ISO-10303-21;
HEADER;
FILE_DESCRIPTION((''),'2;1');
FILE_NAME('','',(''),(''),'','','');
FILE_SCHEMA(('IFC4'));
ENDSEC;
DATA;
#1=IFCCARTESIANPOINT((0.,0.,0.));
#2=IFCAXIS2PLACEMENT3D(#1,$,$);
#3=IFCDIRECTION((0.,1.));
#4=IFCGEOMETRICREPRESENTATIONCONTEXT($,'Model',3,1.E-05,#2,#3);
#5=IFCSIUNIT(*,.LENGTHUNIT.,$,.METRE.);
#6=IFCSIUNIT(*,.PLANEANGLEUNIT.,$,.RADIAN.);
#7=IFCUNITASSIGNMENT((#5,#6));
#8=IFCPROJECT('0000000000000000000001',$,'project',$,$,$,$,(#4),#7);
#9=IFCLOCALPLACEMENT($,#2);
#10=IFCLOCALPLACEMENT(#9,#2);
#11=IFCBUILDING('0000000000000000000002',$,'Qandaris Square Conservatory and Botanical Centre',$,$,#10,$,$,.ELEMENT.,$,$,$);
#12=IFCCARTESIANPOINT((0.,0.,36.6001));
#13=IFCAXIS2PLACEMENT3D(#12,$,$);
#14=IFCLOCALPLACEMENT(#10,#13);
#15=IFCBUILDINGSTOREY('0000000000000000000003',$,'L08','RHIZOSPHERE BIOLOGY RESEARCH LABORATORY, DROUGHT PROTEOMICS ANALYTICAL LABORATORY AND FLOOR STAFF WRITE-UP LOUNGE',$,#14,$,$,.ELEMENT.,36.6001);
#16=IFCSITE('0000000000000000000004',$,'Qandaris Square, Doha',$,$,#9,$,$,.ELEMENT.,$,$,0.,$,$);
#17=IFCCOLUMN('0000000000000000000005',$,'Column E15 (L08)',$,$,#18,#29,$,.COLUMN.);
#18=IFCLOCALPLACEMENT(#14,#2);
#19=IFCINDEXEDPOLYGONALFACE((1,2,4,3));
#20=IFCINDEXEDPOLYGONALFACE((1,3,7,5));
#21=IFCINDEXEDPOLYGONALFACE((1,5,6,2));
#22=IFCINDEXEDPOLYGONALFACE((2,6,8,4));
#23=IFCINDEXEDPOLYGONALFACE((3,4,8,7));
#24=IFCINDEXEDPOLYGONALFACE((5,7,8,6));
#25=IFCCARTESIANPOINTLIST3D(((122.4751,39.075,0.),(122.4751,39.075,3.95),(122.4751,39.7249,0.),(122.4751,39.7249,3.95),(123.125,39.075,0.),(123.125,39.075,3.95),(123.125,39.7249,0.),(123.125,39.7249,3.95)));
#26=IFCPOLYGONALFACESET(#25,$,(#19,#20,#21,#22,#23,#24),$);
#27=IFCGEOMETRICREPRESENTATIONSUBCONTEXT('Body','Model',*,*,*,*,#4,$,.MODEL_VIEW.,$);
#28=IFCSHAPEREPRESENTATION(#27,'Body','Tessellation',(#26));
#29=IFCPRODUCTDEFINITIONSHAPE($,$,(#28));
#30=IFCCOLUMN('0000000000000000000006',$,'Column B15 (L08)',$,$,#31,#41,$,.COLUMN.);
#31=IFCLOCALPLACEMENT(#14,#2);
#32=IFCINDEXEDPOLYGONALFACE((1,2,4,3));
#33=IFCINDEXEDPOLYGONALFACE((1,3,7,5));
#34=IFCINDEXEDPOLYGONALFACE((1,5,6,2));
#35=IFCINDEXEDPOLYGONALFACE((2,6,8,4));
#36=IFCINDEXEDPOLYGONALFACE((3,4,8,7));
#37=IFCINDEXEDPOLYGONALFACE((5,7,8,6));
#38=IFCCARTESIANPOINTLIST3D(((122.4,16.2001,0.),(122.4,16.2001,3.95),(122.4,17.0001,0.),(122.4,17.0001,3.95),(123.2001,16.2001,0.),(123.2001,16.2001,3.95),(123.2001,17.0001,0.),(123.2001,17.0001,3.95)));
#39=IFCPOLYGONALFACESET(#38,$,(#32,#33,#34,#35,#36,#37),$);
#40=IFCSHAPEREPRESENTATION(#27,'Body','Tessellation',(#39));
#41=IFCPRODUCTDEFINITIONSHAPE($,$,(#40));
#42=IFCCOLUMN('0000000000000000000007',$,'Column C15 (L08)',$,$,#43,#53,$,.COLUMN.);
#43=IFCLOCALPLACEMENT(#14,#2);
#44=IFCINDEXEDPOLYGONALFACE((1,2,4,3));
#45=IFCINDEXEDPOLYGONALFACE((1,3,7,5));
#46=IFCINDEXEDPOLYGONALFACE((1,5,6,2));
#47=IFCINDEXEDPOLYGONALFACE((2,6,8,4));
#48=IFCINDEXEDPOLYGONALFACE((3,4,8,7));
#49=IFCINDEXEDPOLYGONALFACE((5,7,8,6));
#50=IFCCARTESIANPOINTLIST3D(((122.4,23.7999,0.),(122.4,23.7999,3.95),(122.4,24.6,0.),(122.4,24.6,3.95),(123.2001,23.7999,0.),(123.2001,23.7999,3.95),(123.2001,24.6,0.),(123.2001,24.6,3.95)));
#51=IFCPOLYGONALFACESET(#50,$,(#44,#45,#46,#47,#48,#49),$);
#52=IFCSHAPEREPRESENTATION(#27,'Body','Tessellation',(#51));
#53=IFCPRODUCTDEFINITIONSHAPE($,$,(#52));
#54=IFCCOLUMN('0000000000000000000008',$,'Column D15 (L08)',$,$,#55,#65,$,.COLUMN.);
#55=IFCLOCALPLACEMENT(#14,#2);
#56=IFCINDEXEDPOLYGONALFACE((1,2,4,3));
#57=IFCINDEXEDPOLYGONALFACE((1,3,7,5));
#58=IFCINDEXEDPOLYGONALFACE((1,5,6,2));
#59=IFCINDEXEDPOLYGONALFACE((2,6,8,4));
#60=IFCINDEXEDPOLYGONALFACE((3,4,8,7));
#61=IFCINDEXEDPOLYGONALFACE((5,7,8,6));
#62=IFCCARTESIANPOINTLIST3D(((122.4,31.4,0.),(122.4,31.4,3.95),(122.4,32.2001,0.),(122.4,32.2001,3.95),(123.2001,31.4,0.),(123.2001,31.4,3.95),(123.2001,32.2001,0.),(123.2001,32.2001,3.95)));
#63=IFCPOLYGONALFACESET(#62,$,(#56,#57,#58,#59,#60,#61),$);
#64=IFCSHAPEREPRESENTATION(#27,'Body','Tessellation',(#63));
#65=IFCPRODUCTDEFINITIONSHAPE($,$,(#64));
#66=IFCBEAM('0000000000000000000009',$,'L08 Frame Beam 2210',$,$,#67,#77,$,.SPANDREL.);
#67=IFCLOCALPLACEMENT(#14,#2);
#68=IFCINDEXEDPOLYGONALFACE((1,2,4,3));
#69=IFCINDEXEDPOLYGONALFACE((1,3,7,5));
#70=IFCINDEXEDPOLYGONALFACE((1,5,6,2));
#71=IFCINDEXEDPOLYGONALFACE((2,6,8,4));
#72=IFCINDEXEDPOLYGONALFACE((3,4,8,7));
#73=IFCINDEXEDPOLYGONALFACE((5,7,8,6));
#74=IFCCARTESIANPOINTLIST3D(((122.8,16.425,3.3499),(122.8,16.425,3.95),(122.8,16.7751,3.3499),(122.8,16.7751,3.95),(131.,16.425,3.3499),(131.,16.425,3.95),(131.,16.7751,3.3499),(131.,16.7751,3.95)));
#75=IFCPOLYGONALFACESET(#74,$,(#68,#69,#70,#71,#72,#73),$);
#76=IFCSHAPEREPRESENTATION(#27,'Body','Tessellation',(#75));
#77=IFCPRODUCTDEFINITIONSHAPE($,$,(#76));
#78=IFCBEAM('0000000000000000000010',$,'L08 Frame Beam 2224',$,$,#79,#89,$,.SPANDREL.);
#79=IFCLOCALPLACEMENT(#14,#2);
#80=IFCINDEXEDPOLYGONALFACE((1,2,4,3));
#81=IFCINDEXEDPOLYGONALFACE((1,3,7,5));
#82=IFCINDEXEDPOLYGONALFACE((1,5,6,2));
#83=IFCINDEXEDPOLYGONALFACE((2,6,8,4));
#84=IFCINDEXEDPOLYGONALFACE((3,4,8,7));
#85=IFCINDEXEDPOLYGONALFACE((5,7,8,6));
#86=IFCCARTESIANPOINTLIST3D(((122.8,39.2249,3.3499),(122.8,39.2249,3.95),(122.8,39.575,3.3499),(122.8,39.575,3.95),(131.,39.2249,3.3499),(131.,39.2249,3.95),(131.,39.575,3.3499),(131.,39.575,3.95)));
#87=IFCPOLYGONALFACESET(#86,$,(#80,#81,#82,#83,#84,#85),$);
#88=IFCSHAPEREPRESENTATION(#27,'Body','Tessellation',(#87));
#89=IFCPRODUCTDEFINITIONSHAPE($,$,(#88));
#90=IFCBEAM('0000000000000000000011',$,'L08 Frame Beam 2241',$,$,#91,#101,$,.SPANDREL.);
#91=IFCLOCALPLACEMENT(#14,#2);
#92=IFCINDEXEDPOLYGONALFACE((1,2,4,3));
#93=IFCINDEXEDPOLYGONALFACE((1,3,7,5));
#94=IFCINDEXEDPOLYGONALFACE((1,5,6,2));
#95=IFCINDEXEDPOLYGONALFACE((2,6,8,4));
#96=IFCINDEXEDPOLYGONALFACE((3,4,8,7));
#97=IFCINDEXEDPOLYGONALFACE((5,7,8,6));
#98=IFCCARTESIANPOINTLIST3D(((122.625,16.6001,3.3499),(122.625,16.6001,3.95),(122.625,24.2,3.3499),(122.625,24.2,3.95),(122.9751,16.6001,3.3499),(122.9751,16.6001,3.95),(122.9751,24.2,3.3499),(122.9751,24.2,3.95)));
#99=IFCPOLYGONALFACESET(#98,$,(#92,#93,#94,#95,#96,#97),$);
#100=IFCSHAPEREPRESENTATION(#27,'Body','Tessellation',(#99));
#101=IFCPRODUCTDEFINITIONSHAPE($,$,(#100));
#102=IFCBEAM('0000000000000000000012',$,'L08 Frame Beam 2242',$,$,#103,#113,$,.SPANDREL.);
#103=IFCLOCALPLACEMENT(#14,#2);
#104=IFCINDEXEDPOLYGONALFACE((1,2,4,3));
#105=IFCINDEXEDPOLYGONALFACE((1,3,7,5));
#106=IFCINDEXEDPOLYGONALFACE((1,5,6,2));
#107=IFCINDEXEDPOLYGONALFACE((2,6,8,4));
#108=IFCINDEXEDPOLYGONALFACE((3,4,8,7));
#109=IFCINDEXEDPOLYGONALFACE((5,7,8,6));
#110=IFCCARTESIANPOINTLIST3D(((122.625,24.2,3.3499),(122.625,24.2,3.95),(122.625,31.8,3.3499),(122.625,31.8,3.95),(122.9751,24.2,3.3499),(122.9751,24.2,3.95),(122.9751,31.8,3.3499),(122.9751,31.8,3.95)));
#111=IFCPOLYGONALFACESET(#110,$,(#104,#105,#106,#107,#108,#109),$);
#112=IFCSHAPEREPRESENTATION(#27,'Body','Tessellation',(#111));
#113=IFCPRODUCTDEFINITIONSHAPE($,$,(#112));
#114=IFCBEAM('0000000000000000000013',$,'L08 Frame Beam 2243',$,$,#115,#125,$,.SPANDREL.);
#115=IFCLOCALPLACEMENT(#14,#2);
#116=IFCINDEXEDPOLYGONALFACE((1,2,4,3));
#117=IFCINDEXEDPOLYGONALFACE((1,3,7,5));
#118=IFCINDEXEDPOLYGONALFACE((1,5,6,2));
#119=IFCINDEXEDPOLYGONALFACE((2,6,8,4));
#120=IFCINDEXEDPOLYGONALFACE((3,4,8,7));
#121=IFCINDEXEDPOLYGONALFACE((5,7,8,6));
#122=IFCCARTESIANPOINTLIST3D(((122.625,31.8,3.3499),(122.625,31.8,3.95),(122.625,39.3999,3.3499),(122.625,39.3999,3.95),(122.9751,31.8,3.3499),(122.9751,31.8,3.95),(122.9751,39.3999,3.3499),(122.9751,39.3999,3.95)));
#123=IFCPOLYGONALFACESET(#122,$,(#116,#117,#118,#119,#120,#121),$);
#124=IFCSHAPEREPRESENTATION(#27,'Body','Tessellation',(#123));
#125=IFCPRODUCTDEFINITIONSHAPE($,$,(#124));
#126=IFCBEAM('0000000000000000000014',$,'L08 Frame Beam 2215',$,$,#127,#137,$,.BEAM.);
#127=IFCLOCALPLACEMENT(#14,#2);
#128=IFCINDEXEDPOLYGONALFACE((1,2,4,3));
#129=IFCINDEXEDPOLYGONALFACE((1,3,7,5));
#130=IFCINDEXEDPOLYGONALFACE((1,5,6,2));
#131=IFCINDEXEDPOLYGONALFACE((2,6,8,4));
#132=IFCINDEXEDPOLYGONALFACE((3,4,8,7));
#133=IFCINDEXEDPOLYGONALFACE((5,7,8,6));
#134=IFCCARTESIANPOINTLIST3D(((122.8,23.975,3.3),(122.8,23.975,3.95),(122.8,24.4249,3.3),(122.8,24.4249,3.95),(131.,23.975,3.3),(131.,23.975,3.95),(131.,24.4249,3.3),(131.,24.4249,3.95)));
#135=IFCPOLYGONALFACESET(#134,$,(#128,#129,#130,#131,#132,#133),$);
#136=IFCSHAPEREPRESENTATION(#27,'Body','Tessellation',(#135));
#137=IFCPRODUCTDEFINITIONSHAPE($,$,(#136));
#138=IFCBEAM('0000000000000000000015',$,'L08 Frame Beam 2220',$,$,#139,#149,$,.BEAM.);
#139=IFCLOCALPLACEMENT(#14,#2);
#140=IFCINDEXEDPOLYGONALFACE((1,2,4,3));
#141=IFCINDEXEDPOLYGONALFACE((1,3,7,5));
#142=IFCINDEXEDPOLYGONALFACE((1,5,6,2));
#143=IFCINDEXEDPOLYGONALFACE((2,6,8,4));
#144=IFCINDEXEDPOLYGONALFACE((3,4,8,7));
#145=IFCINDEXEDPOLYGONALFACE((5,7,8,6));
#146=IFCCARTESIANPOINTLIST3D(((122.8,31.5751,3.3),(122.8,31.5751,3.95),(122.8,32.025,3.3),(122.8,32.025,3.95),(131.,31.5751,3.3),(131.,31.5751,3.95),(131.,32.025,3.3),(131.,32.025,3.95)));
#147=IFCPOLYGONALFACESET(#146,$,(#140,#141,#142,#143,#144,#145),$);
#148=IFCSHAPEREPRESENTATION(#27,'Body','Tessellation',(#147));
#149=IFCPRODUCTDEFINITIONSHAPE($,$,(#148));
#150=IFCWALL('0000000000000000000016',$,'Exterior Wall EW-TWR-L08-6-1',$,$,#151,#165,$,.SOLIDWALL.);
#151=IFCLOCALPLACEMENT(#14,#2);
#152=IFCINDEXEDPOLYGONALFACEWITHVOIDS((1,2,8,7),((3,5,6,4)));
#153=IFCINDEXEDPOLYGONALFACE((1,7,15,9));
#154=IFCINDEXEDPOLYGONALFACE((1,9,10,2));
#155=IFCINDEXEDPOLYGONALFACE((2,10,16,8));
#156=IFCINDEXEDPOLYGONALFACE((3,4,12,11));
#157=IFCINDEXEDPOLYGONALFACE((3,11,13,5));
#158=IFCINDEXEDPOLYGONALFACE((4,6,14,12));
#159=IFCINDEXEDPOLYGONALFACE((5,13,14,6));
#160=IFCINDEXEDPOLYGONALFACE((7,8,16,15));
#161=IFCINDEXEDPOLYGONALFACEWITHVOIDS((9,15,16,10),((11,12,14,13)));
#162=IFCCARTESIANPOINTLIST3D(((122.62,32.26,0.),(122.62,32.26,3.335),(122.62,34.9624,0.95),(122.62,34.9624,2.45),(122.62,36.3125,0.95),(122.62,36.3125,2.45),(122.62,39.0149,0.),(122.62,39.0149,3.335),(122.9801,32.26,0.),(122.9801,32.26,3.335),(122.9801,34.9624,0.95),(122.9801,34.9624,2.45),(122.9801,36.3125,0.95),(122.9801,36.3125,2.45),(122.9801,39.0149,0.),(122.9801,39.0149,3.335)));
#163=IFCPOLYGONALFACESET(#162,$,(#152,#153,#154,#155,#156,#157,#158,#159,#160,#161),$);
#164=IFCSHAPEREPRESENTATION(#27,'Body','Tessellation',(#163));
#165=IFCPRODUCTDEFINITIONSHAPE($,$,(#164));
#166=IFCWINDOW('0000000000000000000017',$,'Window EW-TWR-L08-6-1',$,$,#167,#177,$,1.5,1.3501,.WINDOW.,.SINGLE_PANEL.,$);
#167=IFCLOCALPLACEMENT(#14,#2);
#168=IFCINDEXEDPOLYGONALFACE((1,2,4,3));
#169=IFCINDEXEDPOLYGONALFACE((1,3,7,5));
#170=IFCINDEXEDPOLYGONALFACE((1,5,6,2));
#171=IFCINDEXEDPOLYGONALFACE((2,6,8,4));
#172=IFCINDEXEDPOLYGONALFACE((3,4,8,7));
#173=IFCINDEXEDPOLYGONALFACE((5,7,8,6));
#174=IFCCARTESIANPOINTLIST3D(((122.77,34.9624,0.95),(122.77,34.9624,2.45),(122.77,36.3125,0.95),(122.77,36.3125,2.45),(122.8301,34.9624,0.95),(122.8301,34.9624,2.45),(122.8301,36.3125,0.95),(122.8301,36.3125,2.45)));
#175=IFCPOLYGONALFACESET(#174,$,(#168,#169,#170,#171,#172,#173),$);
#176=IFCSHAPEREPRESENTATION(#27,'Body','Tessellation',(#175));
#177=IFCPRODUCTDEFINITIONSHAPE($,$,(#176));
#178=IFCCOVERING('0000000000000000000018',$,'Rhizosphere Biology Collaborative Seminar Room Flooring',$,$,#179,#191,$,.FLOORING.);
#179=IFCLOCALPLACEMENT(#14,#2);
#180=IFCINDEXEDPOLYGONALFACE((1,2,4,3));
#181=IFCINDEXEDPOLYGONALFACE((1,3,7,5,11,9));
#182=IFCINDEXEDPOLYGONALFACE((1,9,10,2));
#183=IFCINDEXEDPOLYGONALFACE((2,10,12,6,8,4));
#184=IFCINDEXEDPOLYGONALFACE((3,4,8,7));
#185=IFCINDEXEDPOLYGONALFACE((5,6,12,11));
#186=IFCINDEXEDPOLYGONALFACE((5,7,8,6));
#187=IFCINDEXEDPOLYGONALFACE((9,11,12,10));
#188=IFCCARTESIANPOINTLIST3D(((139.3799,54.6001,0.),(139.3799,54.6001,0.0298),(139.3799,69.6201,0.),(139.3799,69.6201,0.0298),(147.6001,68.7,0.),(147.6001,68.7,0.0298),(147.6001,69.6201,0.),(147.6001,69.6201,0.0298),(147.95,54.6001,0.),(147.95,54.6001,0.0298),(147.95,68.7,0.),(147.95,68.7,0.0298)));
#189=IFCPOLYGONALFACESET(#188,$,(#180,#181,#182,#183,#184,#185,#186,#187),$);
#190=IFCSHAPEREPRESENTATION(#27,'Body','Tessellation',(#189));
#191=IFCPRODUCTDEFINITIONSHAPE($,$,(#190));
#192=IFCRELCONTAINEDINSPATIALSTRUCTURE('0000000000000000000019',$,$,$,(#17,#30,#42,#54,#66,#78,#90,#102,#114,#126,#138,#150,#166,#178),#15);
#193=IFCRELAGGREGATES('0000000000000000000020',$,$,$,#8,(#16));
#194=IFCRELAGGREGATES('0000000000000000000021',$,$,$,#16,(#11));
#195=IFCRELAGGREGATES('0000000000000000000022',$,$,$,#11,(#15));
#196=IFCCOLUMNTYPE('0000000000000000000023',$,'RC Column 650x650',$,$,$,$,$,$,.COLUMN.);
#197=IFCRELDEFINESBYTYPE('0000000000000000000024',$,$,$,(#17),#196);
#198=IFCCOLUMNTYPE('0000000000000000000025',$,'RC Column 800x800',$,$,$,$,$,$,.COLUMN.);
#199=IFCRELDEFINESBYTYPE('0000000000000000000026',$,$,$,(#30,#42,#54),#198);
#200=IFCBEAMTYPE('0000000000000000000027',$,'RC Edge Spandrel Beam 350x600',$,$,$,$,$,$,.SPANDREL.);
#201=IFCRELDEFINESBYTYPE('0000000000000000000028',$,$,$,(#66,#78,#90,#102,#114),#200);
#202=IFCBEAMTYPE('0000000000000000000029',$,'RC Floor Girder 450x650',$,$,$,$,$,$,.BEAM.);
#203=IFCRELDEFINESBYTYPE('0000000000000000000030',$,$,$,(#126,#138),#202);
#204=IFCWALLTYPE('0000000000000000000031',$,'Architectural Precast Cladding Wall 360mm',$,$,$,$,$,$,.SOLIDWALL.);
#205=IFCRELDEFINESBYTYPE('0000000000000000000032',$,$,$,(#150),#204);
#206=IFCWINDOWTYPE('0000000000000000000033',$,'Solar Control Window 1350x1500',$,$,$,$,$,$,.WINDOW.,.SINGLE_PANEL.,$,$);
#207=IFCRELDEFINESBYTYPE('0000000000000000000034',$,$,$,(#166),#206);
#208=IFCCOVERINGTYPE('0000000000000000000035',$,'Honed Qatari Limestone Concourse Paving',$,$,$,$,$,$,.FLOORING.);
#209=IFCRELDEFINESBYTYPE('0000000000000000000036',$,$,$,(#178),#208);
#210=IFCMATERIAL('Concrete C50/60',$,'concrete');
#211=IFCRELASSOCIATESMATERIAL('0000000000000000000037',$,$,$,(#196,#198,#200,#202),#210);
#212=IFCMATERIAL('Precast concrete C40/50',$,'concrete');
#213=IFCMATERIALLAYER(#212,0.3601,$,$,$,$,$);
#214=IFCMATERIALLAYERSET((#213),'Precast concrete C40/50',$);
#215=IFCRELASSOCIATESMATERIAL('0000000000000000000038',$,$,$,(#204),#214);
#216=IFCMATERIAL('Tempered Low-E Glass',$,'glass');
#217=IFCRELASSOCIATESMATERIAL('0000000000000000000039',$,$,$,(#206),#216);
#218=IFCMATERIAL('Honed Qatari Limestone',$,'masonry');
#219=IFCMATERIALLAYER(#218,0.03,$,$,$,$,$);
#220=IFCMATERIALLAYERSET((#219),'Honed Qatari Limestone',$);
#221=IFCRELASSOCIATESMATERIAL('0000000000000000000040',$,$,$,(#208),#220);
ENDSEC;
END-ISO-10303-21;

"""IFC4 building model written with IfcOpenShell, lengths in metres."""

from ifc_helpers import new_model, si_unit, direction, frame, frame_2d, origin, origin_2d, place, context, subcontext, project, spatial, polyline, rectangle, outline, extrude, material, layer, layer_set, material_profile, profile_set, type_object, element, fill, save


model = new_model("IFC4")

# Units and contexts
model_context = context("Model", 3, precision=1e-05, world=origin(), true_north=direction((0.0, 1.0)))
body_context = subcontext(model_context, "Body", "Model", "MODEL_VIEW")
ifc_project = project(units=[si_unit("LENGTHUNIT", "METRE"), si_unit("PLANEANGLEUNIT", "RADIAN")], contexts=[model_context])

# Site, building, storey
site_placement = place(None, origin())
site = spatial("IfcSite", under=ifc_project, at=site_placement, Name="Qandaris Square, Doha", CompositionType="ELEMENT", RefElevation=0.0)
building_placement = place(site_placement, origin())
building = spatial("IfcBuilding", under=site, at=building_placement, Name="Qandaris Square Conservatory and Botanical Centre", CompositionType="ELEMENT")
storey_placement = place(building_placement, frame((0.0, 0.0, 36.6001)))
storey = spatial("IfcBuildingStorey", under=building, at=storey_placement, Name="L08", Description="RHIZOSPHERE BIOLOGY RESEARCH LABORATORY, DROUGHT PROTEOMICS ANALYTICAL LABORATORY AND FLOOR STAFF WRITE-UP LOUNGE", CompositionType="ELEMENT", Elevation=36.6001)

# Columns
ifc_material_1 = material(Name="Concrete C50/60", Category="concrete")
ifc_material_profile_1 = material_profile(ifc_material_1, rectangle(XDim=0.6499, YDim=0.6499, at=origin_2d()), Name="RC-COL 650x650")
ifc_profile_set_1 = profile_set([ifc_material_profile_1], Name="Concrete C50/60")
column_type_1 = type_object("IfcColumnType", Name="RC Column 650x650", PredefinedType="COLUMN", material=ifc_profile_set_1)
column_placement = place(storey_placement, frame((122.8, 39.3999, 0.0), z_axis=(0.0, 0.0, 1.0), x_axis=(1.0, 0.0, 0.0)))
element("IfcColumn", 1, at=column_placement, inside=storey, type_object=column_type_1, Name="Column E15 (L08)", PredefinedType="COLUMN", context=body_context, shape_type="SweptSolid", body=[
    extrude(rectangle(XDim=0.6499, YDim=0.6499, at=origin_2d()), origin(), (0.0, 0.0, 1.0), 3.95),
])
ifc_material_profile_2 = material_profile(ifc_material_1, rectangle(XDim=0.8, YDim=0.8, at=origin_2d()), Name="RC-COL 800x800")
ifc_profile_set_2 = profile_set([ifc_material_profile_2], Name="Concrete C50/60")
column_type_2 = type_object("IfcColumnType", Name="RC Column 800x800", PredefinedType="COLUMN", material=ifc_profile_set_2)
for number, where, z_axis, x_axis, name in (
    (2, (122.8, 16.6001, 0.0), (0.0, 0.0, 1.0), (1.0, 0.0, 0.0), "Column B15 (L08)"),
    (3, (122.8, 24.2, 0.0), (0.0, 0.0, 1.0), (1.0, 0.0, 0.0), "Column C15 (L08)"),
    (4, (122.8, 31.8, 0.0), (0.0, 0.0, 1.0), (1.0, 0.0, 0.0), "Column D15 (L08)"),
):
    element("IfcColumn", number, at=place(storey_placement, frame(where, z_axis=z_axis, x_axis=x_axis)), inside=storey, type_object=column_type_2, Name=name, PredefinedType="COLUMN", context=body_context, shape_type="SweptSolid", body=[
        extrude(rectangle(XDim=0.8, YDim=0.8, at=origin_2d()), origin(), (0.0, 0.0, 1.0), 3.95),
    ])

# Beams
ifc_material_profile_3 = material_profile(ifc_material_1, rectangle(XDim=0.3501, YDim=0.6001, at=origin_2d()), Name="RC-SP 350x600")
ifc_profile_set_3 = profile_set([ifc_material_profile_3], Name="Concrete C50/60")
beam_type_1 = type_object("IfcBeamType", Name="RC Edge Spandrel Beam 350x600", PredefinedType="SPANDREL", material=ifc_profile_set_3)
for number, where, z_axis, x_axis, name in (
    (5, (122.8, 16.6001, 3.6499), (1.0, 0.0, 0.0), (0.0, 1.0, 0.0), "L08 Frame Beam 2210"),
    (6, (122.8, 39.3999, 3.6499), (1.0, 0.0, 0.0), (0.0, 1.0, 0.0), "L08 Frame Beam 2224"),
):
    element("IfcBeam", number, at=place(storey_placement, frame(where, z_axis=z_axis, x_axis=x_axis)), inside=storey, type_object=beam_type_1, Name=name, PredefinedType="SPANDREL", context=body_context, shape_type="SweptSolid", body=[
        extrude(rectangle(XDim=0.3501, YDim=0.6001, at=origin_2d()), origin(), (0.0, 0.0, 1.0), 8.2),
    ])
beam_1_placement = place(storey_placement, frame((122.8, 16.6001, 3.6499), z_axis=(0.0, 1.0, 0.0), x_axis=(-1.0, 0.0, 0.0)))
element("IfcBeam", 7, at=beam_1_placement, inside=storey, type_object=beam_type_1, Name="L08 Frame Beam 2241", PredefinedType="SPANDREL", context=body_context, shape_type="SweptSolid", body=[
    extrude(rectangle(XDim=0.3501, YDim=0.6001, at=origin_2d()), origin(), (0.0, 0.0, 1.0), 7.5999),
])
beam_2_placement = place(storey_placement, frame((122.8, 24.2, 3.6499), z_axis=(0.0, 1.0, 0.0), x_axis=(-1.0, 0.0, 0.0)))
element("IfcBeam", 8, at=beam_2_placement, inside=storey, type_object=beam_type_1, Name="L08 Frame Beam 2242", PredefinedType="SPANDREL", context=body_context, shape_type="SweptSolid", body=[
    extrude(rectangle(XDim=0.3501, YDim=0.6001, at=origin_2d()), origin(), (0.0, 0.0, 1.0), 7.6001),
])
beam_3_placement = place(storey_placement, frame((122.8, 31.8, 3.6499), z_axis=(0.0, 1.0, 0.0), x_axis=(-1.0, 0.0, 0.0)))
element("IfcBeam", 9, at=beam_3_placement, inside=storey, type_object=beam_type_1, Name="L08 Frame Beam 2243", PredefinedType="SPANDREL", context=body_context, shape_type="SweptSolid", body=[
    extrude(rectangle(XDim=0.3501, YDim=0.6001, at=origin_2d()), origin(), (0.0, 0.0, 1.0), 7.5999),
])
ifc_material_profile_4 = material_profile(ifc_material_1, rectangle(XDim=0.45, YDim=0.6499, at=origin_2d()), Name="RC-BM 450x650")
ifc_profile_set_4 = profile_set([ifc_material_profile_4], Name="Concrete C50/60")
beam_type_2 = type_object("IfcBeamType", Name="RC Floor Girder 450x650", PredefinedType="BEAM", material=ifc_profile_set_4)
for number, where, z_axis, x_axis, name in (
    (10, (122.8, 24.2, 3.625), (1.0, 0.0, 0.0), (0.0, 1.0, 0.0), "L08 Frame Beam 2215"),
    (11, (122.8, 31.8, 3.625), (1.0, 0.0, 0.0), (0.0, 1.0, 0.0), "L08 Frame Beam 2220"),
):
    element("IfcBeam", number, at=place(storey_placement, frame(where, z_axis=z_axis, x_axis=x_axis)), inside=storey, type_object=beam_type_2, Name=name, PredefinedType="BEAM", context=body_context, shape_type="SweptSolid", body=[
        extrude(rectangle(XDim=0.45, YDim=0.6499, at=origin_2d()), origin(), (0.0, 0.0, 1.0), 8.2),
    ])

# Wall, opening, window
ifc_material_2 = material(Name="Precast concrete C40/50", Category="concrete")
ifc_layer_1 = layer(ifc_material_2, 0.3601)
ifc_layer_set_1 = layer_set([ifc_layer_1], Name="Precast concrete C40/50")
wall_type = type_object("IfcWallType", Name="Architectural Precast Cladding Wall 360mm", PredefinedType="SOLIDWALL", material=ifc_layer_set_1)
wall_placement = place(storey_placement, frame((122.8, 39.0149, 0.0), z_axis=(0.0, 0.0, 1.0), x_axis=(0.0, -1.0, 0.0)))
wall = element("IfcWall", 12, at=wall_placement, inside=storey, type_object=wall_type, Name="Exterior Wall EW-TWR-L08-6-1", PredefinedType="SOLIDWALL", context=body_context, shape_type="SweptSolid", body=[
    extrude(rectangle(XDim=6.7549, YDim=0.3601, at=frame_2d((3.3774, 0.0))), origin(), (0.0, 0.0, 1.0), 3.335),
])
opening_placement = place(wall_placement, frame((2.7024, 0.0, 0.95)))
opening = element("IfcOpeningElement", 13, at=opening_placement, cuts=wall, PredefinedType="OPENING", context=body_context, shape_type="SweptSolid", body=[
    extrude(rectangle(XDim=1.3501, YDim=1.5, at=frame_2d((0.675, 0.75))), frame((0.0, 0.1919, 0.0), z_axis=(0.0, -1.0, 0.0), x_axis=(1.0, 0.0, 0.0)), (0.0, 0.0, 1.0), 0.384),
])
ifc_material_3 = material(Name="Tempered Low-E Glass", Category="glass")
window_type = type_object("IfcWindowType", Name="Solar Control Window 1350x1500", PartitioningType="SINGLE_PANEL", PredefinedType="WINDOW", material=ifc_material_3)
window_placement = place(opening_placement, origin())
window = element("IfcWindow", 14, at=window_placement, inside=storey, type_object=window_type, Name="Window EW-TWR-L08-6-1", OverallHeight=1.5, OverallWidth=1.3501, PartitioningType="SINGLE_PANEL", PredefinedType="WINDOW", context=body_context, shape_type="SweptSolid", body=[
    extrude(rectangle(XDim=1.3501, YDim=1.5, at=frame_2d((0.675, 0.75))), frame((0.0, 0.03, 0.0), z_axis=(0.0, -1.0, 0.0), x_axis=(1.0, 0.0, 0.0)), (0.0, 0.0, 1.0), 0.0601),
])
fill(opening, window)

# Covering
ifc_material_4 = material(Name="Honed Qatari Limestone", Category="masonry")
ifc_layer_2 = layer(ifc_material_4, 0.03)
ifc_layer_set_2 = layer_set([ifc_layer_2], Name="Honed Qatari Limestone")
covering_type_1 = type_object("IfcCoveringType", Name="Honed Qatari Limestone Concourse Paving", PredefinedType="FLOORING", material=ifc_layer_set_2)
covering_1_placement = place(storey_placement, origin())
element("IfcCovering", 15, at=covering_1_placement, inside=storey, type_object=covering_type_1, Name="Rhizosphere Biology Collaborative Seminar Room Flooring", PredefinedType="FLOORING", context=body_context, shape_type="SweptSolid", body=[
    extrude(outline(polyline([(147.95, 54.6001), (139.3799, 54.6001), (139.3799, 69.6201), (147.6001, 69.6201), (147.6001, 68.7), (147.95, 68.7), (147.95, 54.6001)])), origin(), (0.0, 0.0, 1.0), 0.0298),
])

save(model, "model.ifc")
